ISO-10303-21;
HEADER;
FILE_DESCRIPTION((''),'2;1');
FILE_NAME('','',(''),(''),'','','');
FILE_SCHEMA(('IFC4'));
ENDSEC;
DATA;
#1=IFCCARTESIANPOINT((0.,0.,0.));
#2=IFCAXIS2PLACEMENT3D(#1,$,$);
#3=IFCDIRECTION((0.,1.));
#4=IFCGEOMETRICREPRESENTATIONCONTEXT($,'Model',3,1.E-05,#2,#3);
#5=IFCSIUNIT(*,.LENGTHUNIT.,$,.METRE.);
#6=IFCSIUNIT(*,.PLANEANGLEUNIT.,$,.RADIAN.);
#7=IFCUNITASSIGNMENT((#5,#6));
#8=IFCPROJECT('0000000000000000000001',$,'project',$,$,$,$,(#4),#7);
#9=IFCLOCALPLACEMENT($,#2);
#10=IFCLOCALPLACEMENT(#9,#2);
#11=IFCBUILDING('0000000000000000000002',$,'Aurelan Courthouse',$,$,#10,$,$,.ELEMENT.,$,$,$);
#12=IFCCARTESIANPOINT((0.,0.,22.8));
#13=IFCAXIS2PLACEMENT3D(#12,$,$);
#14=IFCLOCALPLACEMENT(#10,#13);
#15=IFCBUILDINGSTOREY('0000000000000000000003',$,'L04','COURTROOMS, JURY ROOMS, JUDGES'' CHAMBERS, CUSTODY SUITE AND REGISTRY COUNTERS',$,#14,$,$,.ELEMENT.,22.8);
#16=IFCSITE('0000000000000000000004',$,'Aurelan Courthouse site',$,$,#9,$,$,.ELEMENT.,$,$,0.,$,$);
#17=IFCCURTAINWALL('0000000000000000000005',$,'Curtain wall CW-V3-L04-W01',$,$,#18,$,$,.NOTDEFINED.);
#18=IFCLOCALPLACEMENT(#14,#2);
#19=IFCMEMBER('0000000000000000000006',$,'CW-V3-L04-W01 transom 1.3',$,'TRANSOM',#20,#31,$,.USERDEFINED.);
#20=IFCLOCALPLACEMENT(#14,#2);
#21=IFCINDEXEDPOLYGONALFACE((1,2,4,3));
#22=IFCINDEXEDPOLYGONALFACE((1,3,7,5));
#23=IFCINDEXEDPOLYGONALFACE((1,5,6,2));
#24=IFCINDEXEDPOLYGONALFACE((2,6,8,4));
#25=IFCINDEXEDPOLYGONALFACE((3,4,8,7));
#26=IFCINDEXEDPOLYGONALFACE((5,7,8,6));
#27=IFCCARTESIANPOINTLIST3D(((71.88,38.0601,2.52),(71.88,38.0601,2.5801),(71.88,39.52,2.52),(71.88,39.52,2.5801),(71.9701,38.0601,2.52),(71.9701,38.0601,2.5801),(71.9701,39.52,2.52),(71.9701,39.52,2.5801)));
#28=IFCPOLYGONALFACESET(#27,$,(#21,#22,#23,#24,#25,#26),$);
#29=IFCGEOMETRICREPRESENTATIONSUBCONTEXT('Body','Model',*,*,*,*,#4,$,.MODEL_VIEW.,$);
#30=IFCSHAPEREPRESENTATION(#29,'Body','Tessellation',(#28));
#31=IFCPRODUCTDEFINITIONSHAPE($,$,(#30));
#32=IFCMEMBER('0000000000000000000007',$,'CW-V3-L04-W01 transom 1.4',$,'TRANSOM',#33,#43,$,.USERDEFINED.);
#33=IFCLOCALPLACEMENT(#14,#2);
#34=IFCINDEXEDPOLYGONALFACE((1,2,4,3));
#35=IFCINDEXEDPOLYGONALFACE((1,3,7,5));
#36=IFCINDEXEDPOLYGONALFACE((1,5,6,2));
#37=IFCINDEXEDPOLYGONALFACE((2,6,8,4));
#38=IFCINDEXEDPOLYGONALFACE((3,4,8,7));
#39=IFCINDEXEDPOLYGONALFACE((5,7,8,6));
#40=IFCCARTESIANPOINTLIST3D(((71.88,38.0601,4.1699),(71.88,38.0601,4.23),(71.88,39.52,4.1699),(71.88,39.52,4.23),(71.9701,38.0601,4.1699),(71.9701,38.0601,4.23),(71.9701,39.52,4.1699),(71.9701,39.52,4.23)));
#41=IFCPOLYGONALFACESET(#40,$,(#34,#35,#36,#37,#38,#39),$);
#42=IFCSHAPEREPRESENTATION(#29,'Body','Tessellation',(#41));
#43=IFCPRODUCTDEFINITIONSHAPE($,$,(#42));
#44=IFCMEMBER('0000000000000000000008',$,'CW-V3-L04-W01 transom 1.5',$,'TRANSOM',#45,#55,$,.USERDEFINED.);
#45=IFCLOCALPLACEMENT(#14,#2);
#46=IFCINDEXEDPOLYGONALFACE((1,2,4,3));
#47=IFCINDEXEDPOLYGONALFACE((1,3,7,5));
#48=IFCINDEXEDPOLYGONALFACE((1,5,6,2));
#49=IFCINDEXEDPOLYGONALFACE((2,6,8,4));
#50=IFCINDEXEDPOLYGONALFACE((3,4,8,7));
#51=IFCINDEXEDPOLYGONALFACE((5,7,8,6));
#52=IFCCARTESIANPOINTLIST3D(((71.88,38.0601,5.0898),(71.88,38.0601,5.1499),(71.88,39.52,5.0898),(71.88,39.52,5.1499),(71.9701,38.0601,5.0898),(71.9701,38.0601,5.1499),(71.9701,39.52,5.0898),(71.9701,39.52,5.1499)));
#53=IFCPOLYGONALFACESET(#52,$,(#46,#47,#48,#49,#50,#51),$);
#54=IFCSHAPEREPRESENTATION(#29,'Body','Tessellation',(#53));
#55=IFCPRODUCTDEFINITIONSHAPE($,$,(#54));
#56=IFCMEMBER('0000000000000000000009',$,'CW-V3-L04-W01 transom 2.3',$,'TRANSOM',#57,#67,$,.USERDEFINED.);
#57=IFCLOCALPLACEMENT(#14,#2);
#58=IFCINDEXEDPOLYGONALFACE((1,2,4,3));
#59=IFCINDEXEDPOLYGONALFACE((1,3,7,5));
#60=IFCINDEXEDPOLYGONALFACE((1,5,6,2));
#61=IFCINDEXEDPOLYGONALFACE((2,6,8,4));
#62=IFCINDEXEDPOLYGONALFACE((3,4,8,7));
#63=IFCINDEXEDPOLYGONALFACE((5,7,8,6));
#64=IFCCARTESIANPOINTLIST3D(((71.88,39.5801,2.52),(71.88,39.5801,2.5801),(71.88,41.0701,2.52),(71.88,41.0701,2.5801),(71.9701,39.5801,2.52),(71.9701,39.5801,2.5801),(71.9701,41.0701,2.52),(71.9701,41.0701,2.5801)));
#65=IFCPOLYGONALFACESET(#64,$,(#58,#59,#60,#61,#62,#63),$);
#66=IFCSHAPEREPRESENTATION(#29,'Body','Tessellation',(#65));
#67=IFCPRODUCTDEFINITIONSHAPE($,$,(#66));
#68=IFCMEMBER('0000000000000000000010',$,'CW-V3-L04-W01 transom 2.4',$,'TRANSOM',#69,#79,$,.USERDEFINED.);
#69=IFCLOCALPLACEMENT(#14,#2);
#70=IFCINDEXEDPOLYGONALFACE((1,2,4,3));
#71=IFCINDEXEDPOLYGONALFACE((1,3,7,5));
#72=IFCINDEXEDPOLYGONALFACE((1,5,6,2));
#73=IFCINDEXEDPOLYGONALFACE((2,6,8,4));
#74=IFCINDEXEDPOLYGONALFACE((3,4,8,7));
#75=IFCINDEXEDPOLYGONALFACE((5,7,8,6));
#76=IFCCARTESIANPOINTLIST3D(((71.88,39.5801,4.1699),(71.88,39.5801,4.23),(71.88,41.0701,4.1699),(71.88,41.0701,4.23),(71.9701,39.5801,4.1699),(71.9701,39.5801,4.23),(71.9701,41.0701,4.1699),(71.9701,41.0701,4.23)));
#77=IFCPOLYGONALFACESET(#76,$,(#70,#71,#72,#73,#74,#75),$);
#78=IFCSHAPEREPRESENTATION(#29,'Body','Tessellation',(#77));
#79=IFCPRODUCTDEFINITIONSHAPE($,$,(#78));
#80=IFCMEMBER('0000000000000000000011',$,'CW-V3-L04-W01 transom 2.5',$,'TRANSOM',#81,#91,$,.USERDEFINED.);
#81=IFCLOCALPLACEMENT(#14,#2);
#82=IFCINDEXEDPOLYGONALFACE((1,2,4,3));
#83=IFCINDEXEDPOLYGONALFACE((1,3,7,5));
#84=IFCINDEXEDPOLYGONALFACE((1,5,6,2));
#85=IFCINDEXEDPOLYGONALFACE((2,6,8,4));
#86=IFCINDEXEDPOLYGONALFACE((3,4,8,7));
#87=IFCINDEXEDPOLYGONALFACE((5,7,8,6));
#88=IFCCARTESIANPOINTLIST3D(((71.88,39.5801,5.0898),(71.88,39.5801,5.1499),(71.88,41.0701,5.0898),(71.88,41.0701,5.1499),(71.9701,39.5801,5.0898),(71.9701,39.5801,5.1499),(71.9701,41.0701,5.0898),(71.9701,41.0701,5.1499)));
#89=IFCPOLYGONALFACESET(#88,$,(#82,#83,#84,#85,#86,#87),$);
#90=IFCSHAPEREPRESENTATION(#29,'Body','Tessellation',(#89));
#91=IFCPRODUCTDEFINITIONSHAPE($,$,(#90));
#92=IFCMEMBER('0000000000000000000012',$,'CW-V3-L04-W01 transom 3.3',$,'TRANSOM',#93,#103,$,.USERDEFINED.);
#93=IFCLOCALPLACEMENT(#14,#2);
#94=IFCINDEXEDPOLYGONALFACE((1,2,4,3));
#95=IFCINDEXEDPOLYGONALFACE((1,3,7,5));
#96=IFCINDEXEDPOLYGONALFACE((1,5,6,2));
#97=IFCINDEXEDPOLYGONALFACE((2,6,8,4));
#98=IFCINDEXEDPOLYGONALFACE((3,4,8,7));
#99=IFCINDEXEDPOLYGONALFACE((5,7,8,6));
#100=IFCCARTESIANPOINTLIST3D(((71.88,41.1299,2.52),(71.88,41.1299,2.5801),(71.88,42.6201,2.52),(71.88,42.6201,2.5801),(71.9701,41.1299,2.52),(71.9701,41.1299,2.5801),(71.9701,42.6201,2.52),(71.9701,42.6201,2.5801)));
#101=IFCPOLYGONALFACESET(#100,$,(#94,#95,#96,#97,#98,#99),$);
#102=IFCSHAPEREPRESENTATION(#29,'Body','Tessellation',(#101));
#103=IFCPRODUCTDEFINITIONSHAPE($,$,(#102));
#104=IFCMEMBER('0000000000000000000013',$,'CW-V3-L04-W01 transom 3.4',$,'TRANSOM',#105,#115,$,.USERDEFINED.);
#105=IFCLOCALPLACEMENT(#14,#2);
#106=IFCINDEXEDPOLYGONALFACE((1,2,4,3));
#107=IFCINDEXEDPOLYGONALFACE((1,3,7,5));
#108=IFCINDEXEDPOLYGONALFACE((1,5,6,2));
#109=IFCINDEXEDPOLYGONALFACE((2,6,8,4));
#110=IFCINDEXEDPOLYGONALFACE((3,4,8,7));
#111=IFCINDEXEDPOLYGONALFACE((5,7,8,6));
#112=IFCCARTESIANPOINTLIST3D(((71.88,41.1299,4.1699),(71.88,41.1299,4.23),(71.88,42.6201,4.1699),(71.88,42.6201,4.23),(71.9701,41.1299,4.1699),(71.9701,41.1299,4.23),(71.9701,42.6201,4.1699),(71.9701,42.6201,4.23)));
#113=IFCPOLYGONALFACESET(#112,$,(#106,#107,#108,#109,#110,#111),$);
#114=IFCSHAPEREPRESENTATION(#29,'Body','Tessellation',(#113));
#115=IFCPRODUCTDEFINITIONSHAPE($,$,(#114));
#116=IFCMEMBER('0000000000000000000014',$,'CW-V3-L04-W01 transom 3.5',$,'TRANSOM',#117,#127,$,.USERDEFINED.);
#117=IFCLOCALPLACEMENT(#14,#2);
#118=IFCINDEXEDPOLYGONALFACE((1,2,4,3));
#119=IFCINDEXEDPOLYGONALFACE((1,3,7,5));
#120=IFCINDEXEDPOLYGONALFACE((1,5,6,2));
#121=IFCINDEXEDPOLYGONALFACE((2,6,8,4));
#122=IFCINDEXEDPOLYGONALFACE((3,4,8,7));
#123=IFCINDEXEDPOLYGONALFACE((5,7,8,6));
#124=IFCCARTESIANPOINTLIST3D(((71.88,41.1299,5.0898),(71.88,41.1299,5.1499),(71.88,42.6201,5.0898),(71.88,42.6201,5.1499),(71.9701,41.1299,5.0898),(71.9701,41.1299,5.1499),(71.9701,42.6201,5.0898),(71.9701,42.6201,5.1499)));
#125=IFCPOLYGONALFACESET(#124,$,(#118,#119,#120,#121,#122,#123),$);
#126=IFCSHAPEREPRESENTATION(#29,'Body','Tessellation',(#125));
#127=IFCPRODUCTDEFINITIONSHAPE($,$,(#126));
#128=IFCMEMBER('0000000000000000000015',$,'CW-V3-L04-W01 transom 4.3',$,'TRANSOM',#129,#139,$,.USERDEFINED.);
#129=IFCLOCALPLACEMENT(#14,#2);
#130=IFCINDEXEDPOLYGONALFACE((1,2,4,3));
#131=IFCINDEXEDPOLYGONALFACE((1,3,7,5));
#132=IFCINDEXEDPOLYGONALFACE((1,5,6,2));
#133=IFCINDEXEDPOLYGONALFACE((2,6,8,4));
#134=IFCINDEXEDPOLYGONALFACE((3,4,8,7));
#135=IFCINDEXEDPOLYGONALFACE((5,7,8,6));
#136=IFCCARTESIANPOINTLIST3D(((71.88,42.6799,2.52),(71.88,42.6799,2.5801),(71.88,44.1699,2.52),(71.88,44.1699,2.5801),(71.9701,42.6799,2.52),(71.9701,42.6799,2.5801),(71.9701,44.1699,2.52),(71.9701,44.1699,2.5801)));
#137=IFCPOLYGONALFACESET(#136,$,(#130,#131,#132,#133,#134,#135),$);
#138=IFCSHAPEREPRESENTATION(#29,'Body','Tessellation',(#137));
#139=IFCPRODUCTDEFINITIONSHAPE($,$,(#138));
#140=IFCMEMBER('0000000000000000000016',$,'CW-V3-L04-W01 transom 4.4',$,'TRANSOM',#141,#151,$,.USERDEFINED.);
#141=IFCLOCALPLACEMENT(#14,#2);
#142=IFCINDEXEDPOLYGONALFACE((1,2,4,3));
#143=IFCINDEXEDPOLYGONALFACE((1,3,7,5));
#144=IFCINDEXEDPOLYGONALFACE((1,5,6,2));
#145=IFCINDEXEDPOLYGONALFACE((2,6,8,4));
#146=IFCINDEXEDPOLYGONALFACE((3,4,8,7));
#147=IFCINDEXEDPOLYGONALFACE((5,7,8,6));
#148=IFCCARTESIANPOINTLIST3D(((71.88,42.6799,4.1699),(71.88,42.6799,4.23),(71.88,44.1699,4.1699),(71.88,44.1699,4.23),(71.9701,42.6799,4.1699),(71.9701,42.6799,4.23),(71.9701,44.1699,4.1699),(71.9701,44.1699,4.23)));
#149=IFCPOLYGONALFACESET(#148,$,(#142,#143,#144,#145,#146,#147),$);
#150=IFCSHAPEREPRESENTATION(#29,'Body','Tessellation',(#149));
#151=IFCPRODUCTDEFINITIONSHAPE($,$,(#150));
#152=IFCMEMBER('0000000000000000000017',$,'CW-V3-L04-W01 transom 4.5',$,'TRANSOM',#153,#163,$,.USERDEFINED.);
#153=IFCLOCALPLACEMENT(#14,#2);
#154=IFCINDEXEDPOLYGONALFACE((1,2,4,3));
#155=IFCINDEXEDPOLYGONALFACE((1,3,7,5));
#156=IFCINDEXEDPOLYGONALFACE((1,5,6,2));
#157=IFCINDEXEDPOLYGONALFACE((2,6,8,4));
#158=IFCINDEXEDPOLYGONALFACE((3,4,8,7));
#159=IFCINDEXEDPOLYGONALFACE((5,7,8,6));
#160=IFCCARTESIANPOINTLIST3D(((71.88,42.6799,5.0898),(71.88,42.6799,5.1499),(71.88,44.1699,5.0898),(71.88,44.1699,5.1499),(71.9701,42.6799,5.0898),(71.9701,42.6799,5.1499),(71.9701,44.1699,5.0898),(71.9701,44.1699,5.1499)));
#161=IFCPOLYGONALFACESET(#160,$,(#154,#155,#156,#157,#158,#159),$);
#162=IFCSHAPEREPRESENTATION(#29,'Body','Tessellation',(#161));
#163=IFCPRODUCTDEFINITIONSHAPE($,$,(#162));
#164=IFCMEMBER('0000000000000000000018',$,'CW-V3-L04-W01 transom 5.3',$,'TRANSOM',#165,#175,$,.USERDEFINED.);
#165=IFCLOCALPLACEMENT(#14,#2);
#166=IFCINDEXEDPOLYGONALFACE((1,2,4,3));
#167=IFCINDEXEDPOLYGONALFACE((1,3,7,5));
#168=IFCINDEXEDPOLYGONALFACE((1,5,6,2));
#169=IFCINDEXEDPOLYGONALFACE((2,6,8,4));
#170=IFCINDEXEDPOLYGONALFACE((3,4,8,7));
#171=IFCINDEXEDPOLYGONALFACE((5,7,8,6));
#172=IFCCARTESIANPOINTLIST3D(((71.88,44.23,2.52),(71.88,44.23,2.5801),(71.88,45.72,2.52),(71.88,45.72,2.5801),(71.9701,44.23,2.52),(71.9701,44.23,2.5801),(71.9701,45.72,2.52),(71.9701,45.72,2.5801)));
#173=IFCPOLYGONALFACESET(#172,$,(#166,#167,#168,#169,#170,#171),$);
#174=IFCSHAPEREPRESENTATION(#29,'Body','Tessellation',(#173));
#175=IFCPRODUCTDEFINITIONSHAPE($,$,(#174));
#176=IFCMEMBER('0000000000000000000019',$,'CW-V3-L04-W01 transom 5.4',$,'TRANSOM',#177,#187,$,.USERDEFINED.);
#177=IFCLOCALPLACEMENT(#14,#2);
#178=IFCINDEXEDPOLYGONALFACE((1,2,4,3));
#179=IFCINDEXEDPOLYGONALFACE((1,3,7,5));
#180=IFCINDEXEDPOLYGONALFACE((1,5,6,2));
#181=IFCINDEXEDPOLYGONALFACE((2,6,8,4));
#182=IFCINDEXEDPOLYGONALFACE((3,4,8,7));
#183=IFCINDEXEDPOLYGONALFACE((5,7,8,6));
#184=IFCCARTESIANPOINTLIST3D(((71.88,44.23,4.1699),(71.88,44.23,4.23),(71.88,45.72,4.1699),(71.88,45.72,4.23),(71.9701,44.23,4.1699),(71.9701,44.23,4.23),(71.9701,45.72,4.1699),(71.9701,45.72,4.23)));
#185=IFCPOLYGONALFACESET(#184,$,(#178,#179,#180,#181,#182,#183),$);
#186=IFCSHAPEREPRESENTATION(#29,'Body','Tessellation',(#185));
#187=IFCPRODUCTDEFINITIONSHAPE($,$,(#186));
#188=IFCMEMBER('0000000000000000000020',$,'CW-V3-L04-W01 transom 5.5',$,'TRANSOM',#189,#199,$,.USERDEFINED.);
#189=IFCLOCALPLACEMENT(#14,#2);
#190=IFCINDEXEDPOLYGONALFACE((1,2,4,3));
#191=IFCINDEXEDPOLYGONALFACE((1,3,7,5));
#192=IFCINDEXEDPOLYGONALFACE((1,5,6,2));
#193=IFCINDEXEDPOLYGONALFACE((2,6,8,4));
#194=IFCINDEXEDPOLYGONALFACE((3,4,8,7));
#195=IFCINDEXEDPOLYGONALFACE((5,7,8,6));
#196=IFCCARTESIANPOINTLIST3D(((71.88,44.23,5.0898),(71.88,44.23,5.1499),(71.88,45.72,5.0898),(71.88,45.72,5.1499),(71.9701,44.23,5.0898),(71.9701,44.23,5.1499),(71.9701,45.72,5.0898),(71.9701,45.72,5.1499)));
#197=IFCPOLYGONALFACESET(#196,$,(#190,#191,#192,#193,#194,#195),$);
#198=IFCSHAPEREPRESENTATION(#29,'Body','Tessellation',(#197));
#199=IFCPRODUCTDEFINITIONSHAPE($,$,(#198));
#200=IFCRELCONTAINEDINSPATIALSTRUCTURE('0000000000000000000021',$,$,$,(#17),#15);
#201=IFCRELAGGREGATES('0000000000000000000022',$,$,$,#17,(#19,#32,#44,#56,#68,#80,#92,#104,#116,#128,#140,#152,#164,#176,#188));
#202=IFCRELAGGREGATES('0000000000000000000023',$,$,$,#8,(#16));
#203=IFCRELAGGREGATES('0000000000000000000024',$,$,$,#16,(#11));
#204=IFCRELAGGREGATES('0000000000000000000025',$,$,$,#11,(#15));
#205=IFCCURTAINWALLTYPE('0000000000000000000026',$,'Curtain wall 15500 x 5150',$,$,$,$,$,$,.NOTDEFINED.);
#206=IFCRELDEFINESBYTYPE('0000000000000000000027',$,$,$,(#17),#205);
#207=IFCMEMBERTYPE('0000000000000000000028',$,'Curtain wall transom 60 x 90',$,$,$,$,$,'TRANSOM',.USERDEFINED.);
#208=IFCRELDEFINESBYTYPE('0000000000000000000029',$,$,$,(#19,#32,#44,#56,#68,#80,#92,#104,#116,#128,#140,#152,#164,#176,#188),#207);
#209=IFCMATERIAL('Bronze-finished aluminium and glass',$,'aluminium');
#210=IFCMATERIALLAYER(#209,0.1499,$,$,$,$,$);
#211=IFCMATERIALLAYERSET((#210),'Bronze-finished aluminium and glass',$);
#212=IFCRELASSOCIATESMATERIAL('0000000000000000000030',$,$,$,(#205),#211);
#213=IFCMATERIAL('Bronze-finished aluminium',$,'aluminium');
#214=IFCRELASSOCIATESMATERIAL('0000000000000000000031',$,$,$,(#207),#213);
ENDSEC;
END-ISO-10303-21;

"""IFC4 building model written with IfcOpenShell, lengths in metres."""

from ifc_helpers import new_model, si_unit, direction, frame, origin, origin_2d, place, context, subcontext, project, spatial, rectangle, extrude, material, layer, layer_set, material_profile, profile_set, type_object, element, aggregate, save


model = new_model("IFC4")

# Units and contexts
model_context = context("Model", 3, precision=1e-05, world=origin(), true_north=direction((0.0, 1.0)))
body_context = subcontext(model_context, "Body", "Model", "MODEL_VIEW")
ifc_project = project(units=[si_unit("LENGTHUNIT", "METRE"), si_unit("PLANEANGLEUNIT", "RADIAN")], contexts=[model_context])

# Site, building, storey
site_placement = place(None, origin())
site = spatial("IfcSite", under=ifc_project, at=site_placement, Name="Aurelan Courthouse site", CompositionType="ELEMENT", RefElevation=0.0)
building_placement = place(site_placement, origin())
building = spatial("IfcBuilding", under=site, at=building_placement, Name="Aurelan Courthouse", CompositionType="ELEMENT")
storey_placement = place(building_placement, frame((0.0, 0.0, 22.8)))
storey = spatial("IfcBuildingStorey", under=building, at=storey_placement, Name="L04", Description="COURTROOMS, JURY ROOMS, JUDGES' CHAMBERS, CUSTODY SUITE AND REGISTRY COUNTERS", CompositionType="ELEMENT", Elevation=22.8)

# Curtain wall, members
ifc_material_1 = material(Name="Bronze-finished aluminium and glass", Category="aluminium")
ifc_layer_1 = layer(ifc_material_1, 0.1499)
ifc_layer_set_1 = layer_set([ifc_layer_1], Name="Bronze-finished aluminium and glass")
curtain_wall_type = type_object("IfcCurtainWallType", Name="Curtain wall 15500 x 5150", PredefinedType="NOTDEFINED", material=ifc_layer_set_1)
curtain_wall_placement = place(storey_placement, origin())
curtain_wall = element("IfcCurtainWall", 1, at=curtain_wall_placement, inside=storey, type_object=curtain_wall_type, Name="Curtain wall CW-V3-L04-W01", PredefinedType="NOTDEFINED")
ifc_material_2 = material(Name="Bronze-finished aluminium", Category="aluminium")
ifc_material_profile = material_profile(ifc_material_2, rectangle(XDim=0.0901, YDim=0.0601, at=origin_2d()), Name="Bronze transom 60 x 90")
ifc_profile_set = profile_set([ifc_material_profile], Name="Bronze-finished aluminium")
member_type = type_object("IfcMemberType", Name="Curtain wall transom 60 x 90", ElementType="TRANSOM", PredefinedType="USERDEFINED", material=ifc_profile_set)
member_1_placement = place(storey_placement, frame((71.925, 38.0601, 2.55), z_axis=(0.0, 1.0, 0.0), x_axis=(-1.0, 0.0, 0.0)))
member_1 = element("IfcMember", 2, at=member_1_placement, type_object=member_type, Name="CW-V3-L04-W01 transom 1.3", ObjectType="TRANSOM", PredefinedType="USERDEFINED", context=body_context, shape_type="SweptSolid", body=[
    extrude(rectangle(XDim=0.0901, YDim=0.0601, at=origin_2d()), origin(), (0.0, 0.0, 1.0), 1.46),
])
member_2_placement = place(storey_placement, frame((71.925, 38.0601, 4.2), z_axis=(0.0, 1.0, 0.0), x_axis=(-1.0, 0.0, 0.0)))
member_2 = element("IfcMember", 3, at=member_2_placement, type_object=member_type, Name="CW-V3-L04-W01 transom 1.4", ObjectType="TRANSOM", PredefinedType="USERDEFINED", context=body_context, shape_type="SweptSolid", body=[
    extrude(rectangle(XDim=0.0901, YDim=0.0601, at=origin_2d()), origin(), (0.0, 0.0, 1.0), 1.46),
])
member_3_placement = place(storey_placement, frame((71.925, 38.0601, 5.1199), z_axis=(0.0, 1.0, 0.0), x_axis=(-1.0, 0.0, 0.0)))
member_3 = element("IfcMember", 4, at=member_3_placement, type_object=member_type, Name="CW-V3-L04-W01 transom 1.5", ObjectType="TRANSOM", PredefinedType="USERDEFINED", context=body_context, shape_type="SweptSolid", body=[
    extrude(rectangle(XDim=0.0901, YDim=0.0601, at=origin_2d()), origin(), (0.0, 0.0, 1.0), 1.46),
])
member_4_placement = place(storey_placement, frame((71.925, 39.5801, 2.55), z_axis=(0.0, 1.0, 0.0), x_axis=(-1.0, 0.0, 0.0)))
member_4 = element("IfcMember", 5, at=member_4_placement, type_object=member_type, Name="CW-V3-L04-W01 transom 2.3", ObjectType="TRANSOM", PredefinedType="USERDEFINED", context=body_context, shape_type="SweptSolid", body=[
    extrude(rectangle(XDim=0.0901, YDim=0.0601, at=origin_2d()), origin(), (0.0, 0.0, 1.0), 1.49),
])
member_5_placement = place(storey_placement, frame((71.925, 39.5801, 4.2), z_axis=(0.0, 1.0, 0.0), x_axis=(-1.0, 0.0, 0.0)))
member_5 = element("IfcMember", 6, at=member_5_placement, type_object=member_type, Name="CW-V3-L04-W01 transom 2.4", ObjectType="TRANSOM", PredefinedType="USERDEFINED", context=body_context, shape_type="SweptSolid", body=[
    extrude(rectangle(XDim=0.0901, YDim=0.0601, at=origin_2d()), origin(), (0.0, 0.0, 1.0), 1.49),
])
member_6_placement = place(storey_placement, frame((71.925, 39.5801, 5.1199), z_axis=(0.0, 1.0, 0.0), x_axis=(-1.0, 0.0, 0.0)))
member_6 = element("IfcMember", 7, at=member_6_placement, type_object=member_type, Name="CW-V3-L04-W01 transom 2.5", ObjectType="TRANSOM", PredefinedType="USERDEFINED", context=body_context, shape_type="SweptSolid", body=[
    extrude(rectangle(XDim=0.0901, YDim=0.0601, at=origin_2d()), origin(), (0.0, 0.0, 1.0), 1.49),
])
member_7_placement = place(storey_placement, frame((71.925, 41.1299, 2.55), z_axis=(0.0, 1.0, 0.0), x_axis=(-1.0, 0.0, 0.0)))
member_7 = element("IfcMember", 8, at=member_7_placement, type_object=member_type, Name="CW-V3-L04-W01 transom 3.3", ObjectType="TRANSOM", PredefinedType="USERDEFINED", context=body_context, shape_type="SweptSolid", body=[
    extrude(rectangle(XDim=0.0901, YDim=0.0601, at=origin_2d()), origin(), (0.0, 0.0, 1.0), 1.4902),
])
member_8_placement = place(storey_placement, frame((71.925, 41.1299, 4.2), z_axis=(0.0, 1.0, 0.0), x_axis=(-1.0, 0.0, 0.0)))
member_8 = element("IfcMember", 9, at=member_8_placement, type_object=member_type, Name="CW-V3-L04-W01 transom 3.4", ObjectType="TRANSOM", PredefinedType="USERDEFINED", context=body_context, shape_type="SweptSolid", body=[
    extrude(rectangle(XDim=0.0901, YDim=0.0601, at=origin_2d()), origin(), (0.0, 0.0, 1.0), 1.4902),
])
member_9_placement = place(storey_placement, frame((71.925, 41.1299, 5.1199), z_axis=(0.0, 1.0, 0.0), x_axis=(-1.0, 0.0, 0.0)))
member_9 = element("IfcMember", 10, at=member_9_placement, type_object=member_type, Name="CW-V3-L04-W01 transom 3.5", ObjectType="TRANSOM", PredefinedType="USERDEFINED", context=body_context, shape_type="SweptSolid", body=[
    extrude(rectangle(XDim=0.0901, YDim=0.0601, at=origin_2d()), origin(), (0.0, 0.0, 1.0), 1.4902),
])
member_10_placement = place(storey_placement, frame((71.925, 42.6799, 2.55), z_axis=(0.0, 1.0, 0.0), x_axis=(-1.0, 0.0, 0.0)))
member_10 = element("IfcMember", 11, at=member_10_placement, type_object=member_type, Name="CW-V3-L04-W01 transom 4.3", ObjectType="TRANSOM", PredefinedType="USERDEFINED", context=body_context, shape_type="SweptSolid", body=[
    extrude(rectangle(XDim=0.0901, YDim=0.0601, at=origin_2d()), origin(), (0.0, 0.0, 1.0), 1.49),
])
member_11_placement = place(storey_placement, frame((71.925, 42.6799, 4.2), z_axis=(0.0, 1.0, 0.0), x_axis=(-1.0, 0.0, 0.0)))
member_11 = element("IfcMember", 12, at=member_11_placement, type_object=member_type, Name="CW-V3-L04-W01 transom 4.4", ObjectType="TRANSOM", PredefinedType="USERDEFINED", context=body_context, shape_type="SweptSolid", body=[
    extrude(rectangle(XDim=0.0901, YDim=0.0601, at=origin_2d()), origin(), (0.0, 0.0, 1.0), 1.49),
])
member_12_placement = place(storey_placement, frame((71.925, 42.6799, 5.1199), z_axis=(0.0, 1.0, 0.0), x_axis=(-1.0, 0.0, 0.0)))
member_12 = element("IfcMember", 13, at=member_12_placement, type_object=member_type, Name="CW-V3-L04-W01 transom 4.5", ObjectType="TRANSOM", PredefinedType="USERDEFINED", context=body_context, shape_type="SweptSolid", body=[
    extrude(rectangle(XDim=0.0901, YDim=0.0601, at=origin_2d()), origin(), (0.0, 0.0, 1.0), 1.49),
])
member_13_placement = place(storey_placement, frame((71.925, 44.23, 2.55), z_axis=(0.0, 1.0, 0.0), x_axis=(-1.0, 0.0, 0.0)))
member_13 = element("IfcMember", 14, at=member_13_placement, type_object=member_type, Name="CW-V3-L04-W01 transom 5.3", ObjectType="TRANSOM", PredefinedType="USERDEFINED", context=body_context, shape_type="SweptSolid", body=[
    extrude(rectangle(XDim=0.0901, YDim=0.0601, at=origin_2d()), origin(), (0.0, 0.0, 1.0), 1.49),
])
member_14_placement = place(storey_placement, frame((71.925, 44.23, 4.2), z_axis=(0.0, 1.0, 0.0), x_axis=(-1.0, 0.0, 0.0)))
member_14 = element("IfcMember", 15, at=member_14_placement, type_object=member_type, Name="CW-V3-L04-W01 transom 5.4", ObjectType="TRANSOM", PredefinedType="USERDEFINED", context=body_context, shape_type="SweptSolid", body=[
    extrude(rectangle(XDim=0.0901, YDim=0.0601, at=origin_2d()), origin(), (0.0, 0.0, 1.0), 1.49),
])
member_15_placement = place(storey_placement, frame((71.925, 44.23, 5.1199), z_axis=(0.0, 1.0, 0.0), x_axis=(-1.0, 0.0, 0.0)))
member_15 = element("IfcMember", 16, at=member_15_placement, type_object=member_type, Name="CW-V3-L04-W01 transom 5.5", ObjectType="TRANSOM", PredefinedType="USERDEFINED", context=body_context, shape_type="SweptSolid", body=[
    extrude(rectangle(XDim=0.0901, YDim=0.0601, at=origin_2d()), origin(), (0.0, 0.0, 1.0), 1.49),
])
aggregate(curtain_wall, [member_1, member_2, member_3, member_4, member_5, member_6, member_7, member_8, member_9, member_10, member_11, member_12, member_13, member_14, member_15])

save(model, "model.ifc")
